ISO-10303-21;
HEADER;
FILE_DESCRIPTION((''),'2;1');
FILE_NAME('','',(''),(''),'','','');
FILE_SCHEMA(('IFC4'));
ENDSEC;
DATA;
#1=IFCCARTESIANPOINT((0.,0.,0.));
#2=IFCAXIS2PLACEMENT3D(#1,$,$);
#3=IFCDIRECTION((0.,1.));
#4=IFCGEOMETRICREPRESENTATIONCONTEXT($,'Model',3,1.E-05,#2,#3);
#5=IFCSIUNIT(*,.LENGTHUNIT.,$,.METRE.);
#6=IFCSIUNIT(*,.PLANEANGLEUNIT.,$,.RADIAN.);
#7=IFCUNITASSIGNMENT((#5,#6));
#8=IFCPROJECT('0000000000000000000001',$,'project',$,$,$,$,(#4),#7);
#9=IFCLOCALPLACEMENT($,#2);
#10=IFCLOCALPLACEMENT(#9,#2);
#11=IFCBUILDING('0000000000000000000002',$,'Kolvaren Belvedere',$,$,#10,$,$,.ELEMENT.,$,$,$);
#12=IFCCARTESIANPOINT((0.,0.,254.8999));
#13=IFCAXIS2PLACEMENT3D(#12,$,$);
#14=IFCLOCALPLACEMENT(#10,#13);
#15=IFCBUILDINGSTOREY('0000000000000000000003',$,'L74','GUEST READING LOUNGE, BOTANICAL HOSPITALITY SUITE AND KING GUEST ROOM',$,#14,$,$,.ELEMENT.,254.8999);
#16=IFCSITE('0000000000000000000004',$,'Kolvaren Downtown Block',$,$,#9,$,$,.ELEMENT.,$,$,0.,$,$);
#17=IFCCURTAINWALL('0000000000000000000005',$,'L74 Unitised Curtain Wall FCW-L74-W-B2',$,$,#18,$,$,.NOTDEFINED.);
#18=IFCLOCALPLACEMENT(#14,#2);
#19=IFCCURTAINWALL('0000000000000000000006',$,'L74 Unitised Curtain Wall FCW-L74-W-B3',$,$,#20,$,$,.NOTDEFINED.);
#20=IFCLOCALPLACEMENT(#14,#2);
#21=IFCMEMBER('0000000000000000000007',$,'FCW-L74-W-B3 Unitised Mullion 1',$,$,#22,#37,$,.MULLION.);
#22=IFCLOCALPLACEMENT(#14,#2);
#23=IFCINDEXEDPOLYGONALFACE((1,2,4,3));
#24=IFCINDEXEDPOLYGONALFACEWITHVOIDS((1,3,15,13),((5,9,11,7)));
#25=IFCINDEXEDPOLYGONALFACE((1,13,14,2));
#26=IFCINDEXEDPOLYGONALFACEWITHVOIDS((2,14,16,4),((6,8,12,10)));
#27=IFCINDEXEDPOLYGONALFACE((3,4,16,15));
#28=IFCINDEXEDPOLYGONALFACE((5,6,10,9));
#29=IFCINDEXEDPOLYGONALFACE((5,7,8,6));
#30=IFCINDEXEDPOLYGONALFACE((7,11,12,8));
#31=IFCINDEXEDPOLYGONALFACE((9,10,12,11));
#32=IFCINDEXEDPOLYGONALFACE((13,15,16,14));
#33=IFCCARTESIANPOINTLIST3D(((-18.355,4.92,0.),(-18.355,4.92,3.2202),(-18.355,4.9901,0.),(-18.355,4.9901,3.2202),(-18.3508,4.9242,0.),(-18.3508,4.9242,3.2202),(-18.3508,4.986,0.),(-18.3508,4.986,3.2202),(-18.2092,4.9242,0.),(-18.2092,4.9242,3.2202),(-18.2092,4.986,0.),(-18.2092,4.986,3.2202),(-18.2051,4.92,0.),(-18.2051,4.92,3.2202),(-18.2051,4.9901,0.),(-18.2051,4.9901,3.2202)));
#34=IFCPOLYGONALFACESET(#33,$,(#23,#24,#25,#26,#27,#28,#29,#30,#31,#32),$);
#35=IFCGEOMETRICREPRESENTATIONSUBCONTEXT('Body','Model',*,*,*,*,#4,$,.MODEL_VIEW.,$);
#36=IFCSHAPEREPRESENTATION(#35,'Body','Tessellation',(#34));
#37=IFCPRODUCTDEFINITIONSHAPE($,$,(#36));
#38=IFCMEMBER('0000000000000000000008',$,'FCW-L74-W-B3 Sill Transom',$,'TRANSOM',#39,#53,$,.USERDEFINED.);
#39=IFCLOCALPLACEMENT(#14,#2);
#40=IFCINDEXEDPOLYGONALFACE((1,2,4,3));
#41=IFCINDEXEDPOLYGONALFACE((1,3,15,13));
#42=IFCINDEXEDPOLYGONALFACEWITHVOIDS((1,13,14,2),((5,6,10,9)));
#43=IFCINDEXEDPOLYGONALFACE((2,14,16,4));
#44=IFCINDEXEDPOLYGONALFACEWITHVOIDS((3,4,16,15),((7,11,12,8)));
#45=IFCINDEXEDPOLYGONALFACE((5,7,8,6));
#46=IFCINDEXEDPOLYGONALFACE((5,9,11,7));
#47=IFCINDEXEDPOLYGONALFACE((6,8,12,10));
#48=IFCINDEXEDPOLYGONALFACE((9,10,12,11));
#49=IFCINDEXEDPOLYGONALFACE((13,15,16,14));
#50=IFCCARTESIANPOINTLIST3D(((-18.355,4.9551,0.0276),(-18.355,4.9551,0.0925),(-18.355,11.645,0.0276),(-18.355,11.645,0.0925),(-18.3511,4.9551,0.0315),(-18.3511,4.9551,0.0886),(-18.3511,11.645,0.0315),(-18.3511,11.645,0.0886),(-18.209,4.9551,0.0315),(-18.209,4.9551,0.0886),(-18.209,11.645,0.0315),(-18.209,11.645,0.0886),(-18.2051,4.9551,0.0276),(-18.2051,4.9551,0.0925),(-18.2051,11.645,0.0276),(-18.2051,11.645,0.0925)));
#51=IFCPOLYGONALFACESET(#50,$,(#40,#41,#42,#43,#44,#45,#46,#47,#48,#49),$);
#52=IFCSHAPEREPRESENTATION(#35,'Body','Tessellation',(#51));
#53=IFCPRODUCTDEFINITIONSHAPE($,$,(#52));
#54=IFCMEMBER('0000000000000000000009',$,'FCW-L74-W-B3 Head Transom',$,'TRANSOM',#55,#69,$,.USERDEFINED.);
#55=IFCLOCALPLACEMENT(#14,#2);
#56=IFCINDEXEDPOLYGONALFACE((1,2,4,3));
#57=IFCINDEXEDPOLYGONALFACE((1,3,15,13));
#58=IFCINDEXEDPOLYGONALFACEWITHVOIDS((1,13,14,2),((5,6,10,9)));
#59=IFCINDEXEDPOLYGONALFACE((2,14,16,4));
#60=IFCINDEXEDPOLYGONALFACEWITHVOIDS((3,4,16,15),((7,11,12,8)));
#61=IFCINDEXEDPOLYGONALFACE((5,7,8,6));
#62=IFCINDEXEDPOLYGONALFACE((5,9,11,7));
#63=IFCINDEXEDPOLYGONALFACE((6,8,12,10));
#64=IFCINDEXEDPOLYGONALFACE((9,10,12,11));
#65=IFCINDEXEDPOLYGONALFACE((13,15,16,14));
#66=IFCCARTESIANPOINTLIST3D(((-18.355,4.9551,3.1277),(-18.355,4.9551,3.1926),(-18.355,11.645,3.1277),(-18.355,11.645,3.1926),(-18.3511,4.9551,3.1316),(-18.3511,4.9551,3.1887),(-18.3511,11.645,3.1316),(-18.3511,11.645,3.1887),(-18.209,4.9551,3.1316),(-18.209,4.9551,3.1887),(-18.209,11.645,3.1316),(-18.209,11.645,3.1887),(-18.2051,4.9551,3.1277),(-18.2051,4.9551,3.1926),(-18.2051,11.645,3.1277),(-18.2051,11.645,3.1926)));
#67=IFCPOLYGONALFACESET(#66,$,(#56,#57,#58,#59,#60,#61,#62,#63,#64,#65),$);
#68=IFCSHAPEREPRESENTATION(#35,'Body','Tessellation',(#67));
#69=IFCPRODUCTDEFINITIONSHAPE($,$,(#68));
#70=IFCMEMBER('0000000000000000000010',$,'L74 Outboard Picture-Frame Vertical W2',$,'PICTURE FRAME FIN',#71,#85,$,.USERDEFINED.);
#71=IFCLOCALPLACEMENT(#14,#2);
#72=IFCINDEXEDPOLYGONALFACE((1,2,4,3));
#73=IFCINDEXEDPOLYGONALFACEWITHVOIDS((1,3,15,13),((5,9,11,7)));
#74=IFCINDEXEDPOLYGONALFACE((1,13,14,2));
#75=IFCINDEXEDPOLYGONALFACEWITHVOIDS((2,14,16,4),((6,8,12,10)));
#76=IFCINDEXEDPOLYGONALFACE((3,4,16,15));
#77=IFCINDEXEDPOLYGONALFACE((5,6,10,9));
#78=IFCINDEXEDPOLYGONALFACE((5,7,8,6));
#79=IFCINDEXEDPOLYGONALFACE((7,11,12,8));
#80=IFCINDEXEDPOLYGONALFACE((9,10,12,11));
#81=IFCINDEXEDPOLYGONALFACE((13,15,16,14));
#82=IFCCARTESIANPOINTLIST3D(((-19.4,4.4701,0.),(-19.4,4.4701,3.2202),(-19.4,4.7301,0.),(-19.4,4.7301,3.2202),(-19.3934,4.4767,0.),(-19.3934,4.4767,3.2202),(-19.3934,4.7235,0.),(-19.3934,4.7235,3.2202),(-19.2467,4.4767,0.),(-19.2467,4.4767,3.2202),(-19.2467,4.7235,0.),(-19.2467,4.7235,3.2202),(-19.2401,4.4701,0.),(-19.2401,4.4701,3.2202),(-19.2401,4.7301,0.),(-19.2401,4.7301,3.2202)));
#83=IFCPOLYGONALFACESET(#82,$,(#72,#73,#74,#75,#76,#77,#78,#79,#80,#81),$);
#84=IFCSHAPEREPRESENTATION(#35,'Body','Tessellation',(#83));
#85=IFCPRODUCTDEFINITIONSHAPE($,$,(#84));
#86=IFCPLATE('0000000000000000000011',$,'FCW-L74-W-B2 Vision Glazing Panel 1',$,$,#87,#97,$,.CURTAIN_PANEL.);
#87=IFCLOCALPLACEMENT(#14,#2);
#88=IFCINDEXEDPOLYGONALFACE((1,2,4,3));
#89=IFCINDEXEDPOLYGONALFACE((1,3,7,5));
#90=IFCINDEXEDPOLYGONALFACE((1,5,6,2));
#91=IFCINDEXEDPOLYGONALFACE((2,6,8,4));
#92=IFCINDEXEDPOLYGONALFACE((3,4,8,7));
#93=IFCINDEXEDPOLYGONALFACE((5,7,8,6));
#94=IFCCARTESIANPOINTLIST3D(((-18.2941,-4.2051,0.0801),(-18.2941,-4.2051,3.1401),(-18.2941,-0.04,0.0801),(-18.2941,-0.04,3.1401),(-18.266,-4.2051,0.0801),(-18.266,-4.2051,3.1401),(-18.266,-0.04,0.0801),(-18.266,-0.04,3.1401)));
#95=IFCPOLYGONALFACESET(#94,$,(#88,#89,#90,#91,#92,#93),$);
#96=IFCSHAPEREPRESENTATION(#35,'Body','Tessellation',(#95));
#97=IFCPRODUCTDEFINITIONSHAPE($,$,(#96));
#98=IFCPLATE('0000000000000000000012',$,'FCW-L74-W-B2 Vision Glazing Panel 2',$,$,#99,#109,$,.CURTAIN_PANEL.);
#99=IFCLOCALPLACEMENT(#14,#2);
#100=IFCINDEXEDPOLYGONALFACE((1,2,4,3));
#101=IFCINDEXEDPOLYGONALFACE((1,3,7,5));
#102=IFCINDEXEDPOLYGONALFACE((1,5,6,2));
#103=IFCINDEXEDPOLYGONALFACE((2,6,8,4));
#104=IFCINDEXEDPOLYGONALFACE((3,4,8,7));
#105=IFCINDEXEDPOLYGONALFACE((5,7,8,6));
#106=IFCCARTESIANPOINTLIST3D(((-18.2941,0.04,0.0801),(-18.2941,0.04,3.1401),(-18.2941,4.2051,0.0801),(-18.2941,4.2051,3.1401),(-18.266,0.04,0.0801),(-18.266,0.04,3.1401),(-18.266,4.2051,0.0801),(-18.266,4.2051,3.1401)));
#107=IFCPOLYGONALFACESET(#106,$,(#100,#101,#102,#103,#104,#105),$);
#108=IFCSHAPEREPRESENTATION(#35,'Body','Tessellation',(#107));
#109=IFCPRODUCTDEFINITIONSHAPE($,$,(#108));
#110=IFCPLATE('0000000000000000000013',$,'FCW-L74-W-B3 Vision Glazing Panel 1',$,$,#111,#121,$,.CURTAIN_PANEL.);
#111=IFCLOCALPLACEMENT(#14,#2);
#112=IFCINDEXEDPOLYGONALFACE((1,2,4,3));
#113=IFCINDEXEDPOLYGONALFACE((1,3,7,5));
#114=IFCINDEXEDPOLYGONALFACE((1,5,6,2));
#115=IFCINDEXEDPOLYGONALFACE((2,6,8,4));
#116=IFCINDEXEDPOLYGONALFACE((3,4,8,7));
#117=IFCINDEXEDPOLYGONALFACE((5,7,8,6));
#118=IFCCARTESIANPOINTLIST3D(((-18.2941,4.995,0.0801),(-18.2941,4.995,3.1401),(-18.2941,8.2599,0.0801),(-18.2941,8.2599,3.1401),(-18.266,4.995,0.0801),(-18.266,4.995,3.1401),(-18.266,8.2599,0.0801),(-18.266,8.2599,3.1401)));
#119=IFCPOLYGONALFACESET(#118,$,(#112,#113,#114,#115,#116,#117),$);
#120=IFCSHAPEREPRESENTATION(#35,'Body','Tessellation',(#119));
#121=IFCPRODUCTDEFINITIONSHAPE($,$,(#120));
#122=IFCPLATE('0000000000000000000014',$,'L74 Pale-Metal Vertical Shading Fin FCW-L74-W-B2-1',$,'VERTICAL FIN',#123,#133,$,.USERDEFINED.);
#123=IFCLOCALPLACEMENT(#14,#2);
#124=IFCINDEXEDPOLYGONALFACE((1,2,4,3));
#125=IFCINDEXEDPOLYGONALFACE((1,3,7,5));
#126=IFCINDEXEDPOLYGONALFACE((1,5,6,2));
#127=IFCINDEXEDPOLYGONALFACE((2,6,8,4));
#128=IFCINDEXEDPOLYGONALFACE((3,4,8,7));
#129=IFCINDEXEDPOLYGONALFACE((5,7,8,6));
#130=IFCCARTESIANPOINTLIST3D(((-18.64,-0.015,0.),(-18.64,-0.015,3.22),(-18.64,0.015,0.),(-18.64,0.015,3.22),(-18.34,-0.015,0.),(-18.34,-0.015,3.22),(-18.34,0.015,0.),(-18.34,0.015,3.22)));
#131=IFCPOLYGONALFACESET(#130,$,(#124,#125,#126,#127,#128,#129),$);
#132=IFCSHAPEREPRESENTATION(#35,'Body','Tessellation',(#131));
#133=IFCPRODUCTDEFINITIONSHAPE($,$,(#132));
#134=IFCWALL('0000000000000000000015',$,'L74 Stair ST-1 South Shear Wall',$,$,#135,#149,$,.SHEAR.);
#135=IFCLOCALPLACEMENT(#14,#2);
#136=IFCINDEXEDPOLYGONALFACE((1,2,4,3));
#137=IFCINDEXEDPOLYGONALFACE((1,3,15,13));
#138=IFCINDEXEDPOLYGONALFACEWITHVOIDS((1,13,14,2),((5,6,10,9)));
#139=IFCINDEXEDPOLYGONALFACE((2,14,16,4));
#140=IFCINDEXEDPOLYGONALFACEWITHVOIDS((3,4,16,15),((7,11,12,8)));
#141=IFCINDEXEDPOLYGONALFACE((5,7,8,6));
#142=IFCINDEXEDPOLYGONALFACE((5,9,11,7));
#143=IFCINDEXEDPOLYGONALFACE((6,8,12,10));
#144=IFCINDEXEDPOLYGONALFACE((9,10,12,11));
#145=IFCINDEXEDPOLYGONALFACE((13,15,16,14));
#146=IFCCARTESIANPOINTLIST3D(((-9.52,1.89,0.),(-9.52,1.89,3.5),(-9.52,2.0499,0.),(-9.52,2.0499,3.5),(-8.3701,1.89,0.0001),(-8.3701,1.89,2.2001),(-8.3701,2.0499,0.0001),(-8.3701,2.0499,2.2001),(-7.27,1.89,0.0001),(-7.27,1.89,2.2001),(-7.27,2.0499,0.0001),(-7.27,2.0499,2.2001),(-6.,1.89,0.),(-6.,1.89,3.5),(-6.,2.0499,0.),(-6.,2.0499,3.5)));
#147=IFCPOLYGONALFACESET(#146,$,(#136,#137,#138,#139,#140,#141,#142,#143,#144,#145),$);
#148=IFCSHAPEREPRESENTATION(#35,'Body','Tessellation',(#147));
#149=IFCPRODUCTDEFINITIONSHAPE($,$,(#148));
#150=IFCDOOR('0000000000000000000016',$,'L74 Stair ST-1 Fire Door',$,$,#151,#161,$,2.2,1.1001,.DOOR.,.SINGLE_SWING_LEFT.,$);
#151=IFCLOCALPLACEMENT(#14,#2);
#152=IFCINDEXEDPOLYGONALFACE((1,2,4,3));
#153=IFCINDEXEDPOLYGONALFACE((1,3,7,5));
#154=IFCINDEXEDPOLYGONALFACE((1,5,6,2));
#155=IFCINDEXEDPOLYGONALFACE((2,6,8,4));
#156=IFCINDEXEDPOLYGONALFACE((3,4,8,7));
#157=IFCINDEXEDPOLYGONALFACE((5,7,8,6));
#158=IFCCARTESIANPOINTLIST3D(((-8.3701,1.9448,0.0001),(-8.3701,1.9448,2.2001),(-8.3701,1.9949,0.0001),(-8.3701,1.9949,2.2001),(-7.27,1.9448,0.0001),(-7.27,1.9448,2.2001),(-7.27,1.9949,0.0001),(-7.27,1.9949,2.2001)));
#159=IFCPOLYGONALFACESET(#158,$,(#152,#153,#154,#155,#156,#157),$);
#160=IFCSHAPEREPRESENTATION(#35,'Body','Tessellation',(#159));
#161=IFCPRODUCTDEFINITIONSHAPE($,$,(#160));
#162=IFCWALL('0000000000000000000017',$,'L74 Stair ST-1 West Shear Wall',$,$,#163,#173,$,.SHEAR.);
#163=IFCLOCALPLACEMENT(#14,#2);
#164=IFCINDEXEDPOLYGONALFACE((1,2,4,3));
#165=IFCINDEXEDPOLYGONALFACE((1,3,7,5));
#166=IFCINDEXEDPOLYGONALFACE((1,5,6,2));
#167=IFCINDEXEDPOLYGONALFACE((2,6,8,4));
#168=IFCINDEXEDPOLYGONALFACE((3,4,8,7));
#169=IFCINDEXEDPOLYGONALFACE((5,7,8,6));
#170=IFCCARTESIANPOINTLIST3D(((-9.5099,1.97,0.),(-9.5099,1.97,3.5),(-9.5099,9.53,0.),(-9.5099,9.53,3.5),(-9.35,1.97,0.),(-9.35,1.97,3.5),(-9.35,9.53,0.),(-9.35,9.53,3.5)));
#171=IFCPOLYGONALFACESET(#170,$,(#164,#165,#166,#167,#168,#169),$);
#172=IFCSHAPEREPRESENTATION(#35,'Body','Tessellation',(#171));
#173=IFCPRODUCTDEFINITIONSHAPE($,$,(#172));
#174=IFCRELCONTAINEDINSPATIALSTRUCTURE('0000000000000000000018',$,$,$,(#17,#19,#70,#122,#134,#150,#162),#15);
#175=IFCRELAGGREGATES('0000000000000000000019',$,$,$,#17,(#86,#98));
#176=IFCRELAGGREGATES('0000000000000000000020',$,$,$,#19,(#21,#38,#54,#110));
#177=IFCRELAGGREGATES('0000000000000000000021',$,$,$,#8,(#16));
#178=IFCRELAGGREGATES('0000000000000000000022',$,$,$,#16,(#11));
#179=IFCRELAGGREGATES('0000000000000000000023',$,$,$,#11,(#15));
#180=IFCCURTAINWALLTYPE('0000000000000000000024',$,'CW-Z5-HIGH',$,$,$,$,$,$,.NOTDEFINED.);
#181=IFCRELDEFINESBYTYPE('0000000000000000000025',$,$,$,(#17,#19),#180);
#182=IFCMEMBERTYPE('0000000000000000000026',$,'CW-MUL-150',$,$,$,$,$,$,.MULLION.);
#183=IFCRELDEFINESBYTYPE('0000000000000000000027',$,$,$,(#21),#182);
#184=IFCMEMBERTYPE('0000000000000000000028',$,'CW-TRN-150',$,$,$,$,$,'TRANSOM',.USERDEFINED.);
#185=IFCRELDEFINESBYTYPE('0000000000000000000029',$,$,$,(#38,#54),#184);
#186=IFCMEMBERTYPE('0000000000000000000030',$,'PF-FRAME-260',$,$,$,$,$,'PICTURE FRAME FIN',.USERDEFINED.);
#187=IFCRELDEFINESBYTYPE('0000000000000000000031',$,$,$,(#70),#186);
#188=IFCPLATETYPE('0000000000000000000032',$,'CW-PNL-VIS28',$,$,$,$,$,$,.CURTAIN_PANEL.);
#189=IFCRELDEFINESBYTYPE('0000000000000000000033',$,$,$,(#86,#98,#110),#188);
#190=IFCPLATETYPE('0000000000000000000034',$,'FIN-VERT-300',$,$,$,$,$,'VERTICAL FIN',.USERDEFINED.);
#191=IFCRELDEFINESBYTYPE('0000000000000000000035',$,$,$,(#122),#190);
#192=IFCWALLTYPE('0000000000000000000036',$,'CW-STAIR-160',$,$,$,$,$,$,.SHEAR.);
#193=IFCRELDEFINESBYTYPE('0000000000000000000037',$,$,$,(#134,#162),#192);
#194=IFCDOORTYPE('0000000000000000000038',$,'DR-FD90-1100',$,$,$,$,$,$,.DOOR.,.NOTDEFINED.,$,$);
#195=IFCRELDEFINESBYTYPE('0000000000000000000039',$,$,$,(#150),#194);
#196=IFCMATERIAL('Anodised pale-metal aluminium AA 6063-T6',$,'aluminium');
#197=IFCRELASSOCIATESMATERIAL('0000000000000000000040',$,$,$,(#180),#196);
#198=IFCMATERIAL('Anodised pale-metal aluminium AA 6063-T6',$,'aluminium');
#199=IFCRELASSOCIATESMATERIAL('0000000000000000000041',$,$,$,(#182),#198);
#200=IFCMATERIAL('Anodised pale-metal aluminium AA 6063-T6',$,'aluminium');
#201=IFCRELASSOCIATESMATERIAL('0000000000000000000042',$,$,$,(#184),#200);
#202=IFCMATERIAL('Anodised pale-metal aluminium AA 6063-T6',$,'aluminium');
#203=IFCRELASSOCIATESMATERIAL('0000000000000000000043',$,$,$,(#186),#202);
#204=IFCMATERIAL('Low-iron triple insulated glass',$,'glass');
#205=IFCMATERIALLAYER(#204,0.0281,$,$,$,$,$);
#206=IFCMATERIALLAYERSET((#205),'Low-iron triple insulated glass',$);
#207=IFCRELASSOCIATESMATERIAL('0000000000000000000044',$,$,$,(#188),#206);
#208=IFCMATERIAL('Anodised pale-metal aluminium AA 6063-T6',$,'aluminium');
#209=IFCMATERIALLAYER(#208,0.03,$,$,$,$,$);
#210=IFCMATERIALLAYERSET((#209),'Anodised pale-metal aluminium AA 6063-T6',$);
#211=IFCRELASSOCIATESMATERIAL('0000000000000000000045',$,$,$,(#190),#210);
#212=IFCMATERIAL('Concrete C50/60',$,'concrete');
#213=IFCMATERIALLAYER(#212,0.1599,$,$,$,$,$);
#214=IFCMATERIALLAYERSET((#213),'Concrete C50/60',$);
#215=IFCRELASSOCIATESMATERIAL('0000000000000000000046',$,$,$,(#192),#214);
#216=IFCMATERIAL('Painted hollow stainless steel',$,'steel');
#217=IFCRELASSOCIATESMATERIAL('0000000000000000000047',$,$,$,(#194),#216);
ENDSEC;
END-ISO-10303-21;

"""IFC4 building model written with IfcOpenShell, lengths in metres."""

from ifc_helpers import new_model, si_unit, direction, frame, frame_2d, origin, origin_2d, place, context, subcontext, project, spatial, rectangle, hollow_rectangle, extrude, material, layer, layer_set, material_profile, profile_set, type_object, element, fill, aggregate, save


model = new_model("IFC4")

# Units and contexts
model_context = context("Model", 3, precision=1e-05, world=origin(), true_north=direction((0.0, 1.0)))
body_context = subcontext(model_context, "Body", "Model", "MODEL_VIEW")
ifc_project = project(units=[si_unit("LENGTHUNIT", "METRE"), si_unit("PLANEANGLEUNIT", "RADIAN")], contexts=[model_context])

# Site, building, storey
site_placement = place(None, origin())
site = spatial("IfcSite", under=ifc_project, at=site_placement, Name="Kolvaren Downtown Block", CompositionType="ELEMENT", RefElevation=0.0)
building_placement = place(site_placement, origin())
building = spatial("IfcBuilding", under=site, at=building_placement, Name="Kolvaren Belvedere", CompositionType="ELEMENT")
storey_placement = place(building_placement, frame((0.0, 0.0, 254.8999)))
storey = spatial("IfcBuildingStorey", under=building, at=storey_placement, Name="L74", Description="GUEST READING LOUNGE, BOTANICAL HOSPITALITY SUITE AND KING GUEST ROOM", CompositionType="ELEMENT", Elevation=254.8999)

# Curtain walls, members
ifc_material_1 = material(Name="Anodised pale-metal aluminium AA 6063-T6", Category="aluminium")
curtain_wall_type = type_object("IfcCurtainWallType", Name="CW-Z5-HIGH", PredefinedType="NOTDEFINED", material=ifc_material_1)
curtain_wall_1_placement = place(storey_placement, origin())
curtain_wall_1 = element("IfcCurtainWall", 1, at=curtain_wall_1_placement, inside=storey, type_object=curtain_wall_type, Name="L74 Unitised Curtain Wall FCW-L74-W-B2", PredefinedType="NOTDEFINED")
ifc_material_2 = material(Name="Anodised pale-metal aluminium AA 6063-T6", Category="aluminium")
ifc_material_profile_1 = material_profile(ifc_material_2, hollow_rectangle(XDim=0.0701, YDim=0.1499, WallThickness=0.0042, at=origin_2d()), Name="ALU-MUL-150X70")
ifc_profile_set_1 = profile_set([ifc_material_profile_1], Name="Anodised pale-metal aluminium AA 6063-T6")
member_type_1 = type_object("IfcMemberType", Name="CW-MUL-150", PredefinedType="MULLION", material=ifc_profile_set_1)
curtain_wall_2_placement = place(storey_placement, origin())
curtain_wall_2 = element("IfcCurtainWall", 2, at=curtain_wall_2_placement, inside=storey, type_object=curtain_wall_type, Name="L74 Unitised Curtain Wall FCW-L74-W-B3", PredefinedType="NOTDEFINED")
member_1_placement = place(storey_placement, frame((-18.28, 4.9551, 0.0), z_axis=(0.0, 0.0, 1.0), x_axis=(0.0, 1.0, 0.0)))
member_1 = element("IfcMember", 3, at=member_1_placement, type_object=member_type_1, Name="FCW-L74-W-B3 Unitised Mullion 1", PredefinedType="MULLION", context=body_context, shape_type="SweptSolid", body=[
    extrude(hollow_rectangle(XDim=0.0701, YDim=0.1499, WallThickness=0.0042, at=origin_2d()), origin(), (0.0, 0.0, 1.0), 3.2202),
])
ifc_material_3 = material(Name="Anodised pale-metal aluminium AA 6063-T6", Category="aluminium")
ifc_material_profile_2 = material_profile(ifc_material_3, hollow_rectangle(XDim=0.0649, YDim=0.1499, WallThickness=0.0039, at=origin_2d()), Name="ALU-TRN-150X65")
ifc_profile_set_2 = profile_set([ifc_material_profile_2], Name="Anodised pale-metal aluminium AA 6063-T6")
member_type_2 = type_object("IfcMemberType", Name="CW-TRN-150", ElementType="TRANSOM", PredefinedType="USERDEFINED", material=ifc_profile_set_2)
member_2_placement = place(storey_placement, frame((-18.28, 4.9551, 0.0601), z_axis=(0.0, 1.0, 0.0), x_axis=(0.0, 0.0, 1.0)))
member_2 = element("IfcMember", 4, at=member_2_placement, type_object=member_type_2, Name="FCW-L74-W-B3 Sill Transom", ObjectType="TRANSOM", PredefinedType="USERDEFINED", context=body_context, shape_type="SweptSolid", body=[
    extrude(hollow_rectangle(XDim=0.0649, YDim=0.1499, WallThickness=0.0039, at=origin_2d()), origin(), (0.0, 0.0, 1.0), 6.6899),
])
member_3_placement = place(storey_placement, frame((-18.28, 4.9551, 3.1602), z_axis=(0.0, 1.0, 0.0), x_axis=(0.0, 0.0, 1.0)))
member_3 = element("IfcMember", 5, at=member_3_placement, type_object=member_type_2, Name="FCW-L74-W-B3 Head Transom", ObjectType="TRANSOM", PredefinedType="USERDEFINED", context=body_context, shape_type="SweptSolid", body=[
    extrude(hollow_rectangle(XDim=0.0649, YDim=0.1499, WallThickness=0.0039, at=origin_2d()), origin(), (0.0, 0.0, 1.0), 6.6899),
])

# Member
ifc_material_4 = material(Name="Anodised pale-metal aluminium AA 6063-T6", Category="aluminium")
ifc_material_profile_3 = material_profile(ifc_material_4, hollow_rectangle(XDim=0.1599, YDim=0.26, WallThickness=0.0066, at=origin_2d()), Name="ALU-PF-260X160")
ifc_profile_set_3 = profile_set([ifc_material_profile_3], Name="Anodised pale-metal aluminium AA 6063-T6")
member_type_3 = type_object("IfcMemberType", Name="PF-FRAME-260", ElementType="PICTURE FRAME FIN", PredefinedType="USERDEFINED", material=ifc_profile_set_3)
member_4_placement = place(storey_placement, frame((-19.3201, 4.6001, 0.0), z_axis=(0.0, 0.0, 1.0), x_axis=(1.0, 0.0, 0.0)))
element("IfcMember", 6, at=member_4_placement, inside=storey, type_object=member_type_3, Name="L74 Outboard Picture-Frame Vertical W2", ObjectType="PICTURE FRAME FIN", PredefinedType="USERDEFINED", context=body_context, shape_type="SweptSolid", body=[
    extrude(hollow_rectangle(XDim=0.1599, YDim=0.26, WallThickness=0.0066, at=origin_2d()), origin(), (0.0, 0.0, 1.0), 3.2202),
])

# Plates
ifc_material_5 = material(Name="Low-iron triple insulated glass", Category="glass")
ifc_layer_1 = layer(ifc_material_5, 0.0281)
ifc_layer_set_1 = layer_set([ifc_layer_1], Name="Low-iron triple insulated glass")
plate_type_1 = type_object("IfcPlateType", Name="CW-PNL-VIS28", PredefinedType="CURTAIN_PANEL", material=ifc_layer_set_1)
plate_1_placement = place(storey_placement, frame((-18.28, -2.1226, 0.0801), z_axis=(0.0, 0.0, 1.0), x_axis=(0.0, 1.0, 0.0)))
plate_1 = element("IfcPlate", 7, at=plate_1_placement, type_object=plate_type_1, Name="FCW-L74-W-B2 Vision Glazing Panel 1", PredefinedType="CURTAIN_PANEL", context=body_context, shape_type="SweptSolid", body=[
    extrude(rectangle(XDim=4.165, YDim=0.0281, at=origin_2d()), origin(), (0.0, 0.0, 1.0), 3.0601),
])
plate_2_placement = place(storey_placement, frame((-18.28, 2.1226, 0.0801), z_axis=(0.0, 0.0, 1.0), x_axis=(0.0, 1.0, 0.0)))
plate_2 = element("IfcPlate", 8, at=plate_2_placement, type_object=plate_type_1, Name="FCW-L74-W-B2 Vision Glazing Panel 2", PredefinedType="CURTAIN_PANEL", context=body_context, shape_type="SweptSolid", body=[
    extrude(rectangle(XDim=4.165, YDim=0.0281, at=origin_2d()), origin(), (0.0, 0.0, 1.0), 3.0601),
])
aggregate(curtain_wall_1, [plate_1, plate_2])
plate_3_placement = place(storey_placement, frame((-18.28, 6.6274, 0.0801), z_axis=(0.0, 0.0, 1.0), x_axis=(0.0, 1.0, 0.0)))
plate_3 = element("IfcPlate", 9, at=plate_3_placement, type_object=plate_type_1, Name="FCW-L74-W-B3 Vision Glazing Panel 1", PredefinedType="CURTAIN_PANEL", context=body_context, shape_type="SweptSolid", body=[
    extrude(rectangle(XDim=3.2649, YDim=0.0281, at=origin_2d()), origin(), (0.0, 0.0, 1.0), 3.0601),
])
aggregate(curtain_wall_2, [member_1, member_2, member_3, plate_3])
ifc_material_6 = material(Name="Anodised pale-metal aluminium AA 6063-T6", Category="aluminium")
ifc_layer_2 = layer(ifc_material_6, 0.03)
ifc_layer_set_2 = layer_set([ifc_layer_2], Name="Anodised pale-metal aluminium AA 6063-T6")
plate_type_2 = type_object("IfcPlateType", Name="FIN-VERT-300", ElementType="VERTICAL FIN", PredefinedType="USERDEFINED", material=ifc_layer_set_2)
plate_4_placement = place(storey_placement, frame((-18.49, 0.0, 0.0), z_axis=(0.0, 0.0, 1.0), x_axis=(1.0, 0.0, 0.0)))
element("IfcPlate", 10, at=plate_4_placement, inside=storey, type_object=plate_type_2, Name="L74 Pale-Metal Vertical Shading Fin FCW-L74-W-B2-1", ObjectType="VERTICAL FIN", PredefinedType="USERDEFINED", context=body_context, shape_type="SweptSolid", body=[
    extrude(rectangle(XDim=0.3, YDim=0.03, at=origin_2d()), origin(), (0.0, 0.0, 1.0), 3.22),
])

# Wall, opening, door
ifc_material_7 = material(Name="Concrete C50/60", Category="concrete")
ifc_layer_3 = layer(ifc_material_7, 0.1599)
ifc_layer_set_3 = layer_set([ifc_layer_3], Name="Concrete C50/60")
wall_type_1 = type_object("IfcWallType", Name="CW-STAIR-160", PredefinedType="SHEAR", material=ifc_layer_set_3)
wall_1_placement = place(storey_placement, frame((-9.52, 1.97, 0.0), z_axis=(0.0, 0.0, 1.0), x_axis=(1.0, 0.0, 0.0)))
wall_1 = element("IfcWall", 11, at=wall_1_placement, inside=storey, type_object=wall_type_1, Name="L74 Stair ST-1 South Shear Wall", PredefinedType="SHEAR", context=body_context, shape_type="SweptSolid", body=[
    extrude(rectangle(XDim=3.52, YDim=0.1599, at=frame_2d((1.76, 0.0))), origin(), (0.0, 0.0, 1.0), 3.5),
])
opening_1_placement = place(wall_1_placement, frame((1.1499, 0.0, 0.0)))
opening_1 = element("IfcOpeningElement", 12, at=opening_1_placement, cuts=wall_1, PredefinedType="OPENING", context=body_context, shape_type="SweptSolid", body=[
    extrude(rectangle(XDim=1.1001, YDim=2.2, at=frame_2d((0.55, 1.1001))), frame((0.0, 0.0898, 0.0), z_axis=(0.0, -1.0, 0.0), x_axis=(1.0, 0.0, 0.0)), (0.0, 0.0, 1.0), 0.1799),
])
ifc_material_8 = material(Name="Painted hollow stainless steel", Category="steel")
door_type_1 = type_object("IfcDoorType", Name="DR-FD90-1100", OperationType="NOTDEFINED", PredefinedType="DOOR", material=ifc_material_8)
door_1_placement = place(opening_1_placement, origin())
door_1 = element("IfcDoor", 13, at=door_1_placement, inside=storey, type_object=door_type_1, Name="L74 Stair ST-1 Fire Door", OperationType="SINGLE_SWING_LEFT", OverallHeight=2.2, OverallWidth=1.1001, PredefinedType="DOOR", context=body_context, shape_type="SweptSolid", body=[
    extrude(rectangle(XDim=1.1001, YDim=2.2, at=frame_2d((0.55, 1.1001))), frame((0.0, 0.0249, 0.0), z_axis=(0.0, -1.0, 0.0), x_axis=(1.0, 0.0, 0.0)), (0.0, 0.0, 1.0), 0.05),
])
fill(opening_1, door_1)

# Wall
wall_2_placement = place(storey_placement, frame((-9.4299, 1.97, 0.0), z_axis=(0.0, 0.0, 1.0), x_axis=(0.0, 1.0, 0.0)))
element("IfcWall", 14, at=wall_2_placement, inside=storey, type_object=wall_type_1, Name="L74 Stair ST-1 West Shear Wall", PredefinedType="SHEAR", context=body_context, shape_type="SweptSolid", body=[
    extrude(rectangle(XDim=7.5601, YDim=0.1599, at=frame_2d((3.78, 0.0))), origin(), (0.0, 0.0, 1.0), 3.5),
])

save(model, "model.ifc")
